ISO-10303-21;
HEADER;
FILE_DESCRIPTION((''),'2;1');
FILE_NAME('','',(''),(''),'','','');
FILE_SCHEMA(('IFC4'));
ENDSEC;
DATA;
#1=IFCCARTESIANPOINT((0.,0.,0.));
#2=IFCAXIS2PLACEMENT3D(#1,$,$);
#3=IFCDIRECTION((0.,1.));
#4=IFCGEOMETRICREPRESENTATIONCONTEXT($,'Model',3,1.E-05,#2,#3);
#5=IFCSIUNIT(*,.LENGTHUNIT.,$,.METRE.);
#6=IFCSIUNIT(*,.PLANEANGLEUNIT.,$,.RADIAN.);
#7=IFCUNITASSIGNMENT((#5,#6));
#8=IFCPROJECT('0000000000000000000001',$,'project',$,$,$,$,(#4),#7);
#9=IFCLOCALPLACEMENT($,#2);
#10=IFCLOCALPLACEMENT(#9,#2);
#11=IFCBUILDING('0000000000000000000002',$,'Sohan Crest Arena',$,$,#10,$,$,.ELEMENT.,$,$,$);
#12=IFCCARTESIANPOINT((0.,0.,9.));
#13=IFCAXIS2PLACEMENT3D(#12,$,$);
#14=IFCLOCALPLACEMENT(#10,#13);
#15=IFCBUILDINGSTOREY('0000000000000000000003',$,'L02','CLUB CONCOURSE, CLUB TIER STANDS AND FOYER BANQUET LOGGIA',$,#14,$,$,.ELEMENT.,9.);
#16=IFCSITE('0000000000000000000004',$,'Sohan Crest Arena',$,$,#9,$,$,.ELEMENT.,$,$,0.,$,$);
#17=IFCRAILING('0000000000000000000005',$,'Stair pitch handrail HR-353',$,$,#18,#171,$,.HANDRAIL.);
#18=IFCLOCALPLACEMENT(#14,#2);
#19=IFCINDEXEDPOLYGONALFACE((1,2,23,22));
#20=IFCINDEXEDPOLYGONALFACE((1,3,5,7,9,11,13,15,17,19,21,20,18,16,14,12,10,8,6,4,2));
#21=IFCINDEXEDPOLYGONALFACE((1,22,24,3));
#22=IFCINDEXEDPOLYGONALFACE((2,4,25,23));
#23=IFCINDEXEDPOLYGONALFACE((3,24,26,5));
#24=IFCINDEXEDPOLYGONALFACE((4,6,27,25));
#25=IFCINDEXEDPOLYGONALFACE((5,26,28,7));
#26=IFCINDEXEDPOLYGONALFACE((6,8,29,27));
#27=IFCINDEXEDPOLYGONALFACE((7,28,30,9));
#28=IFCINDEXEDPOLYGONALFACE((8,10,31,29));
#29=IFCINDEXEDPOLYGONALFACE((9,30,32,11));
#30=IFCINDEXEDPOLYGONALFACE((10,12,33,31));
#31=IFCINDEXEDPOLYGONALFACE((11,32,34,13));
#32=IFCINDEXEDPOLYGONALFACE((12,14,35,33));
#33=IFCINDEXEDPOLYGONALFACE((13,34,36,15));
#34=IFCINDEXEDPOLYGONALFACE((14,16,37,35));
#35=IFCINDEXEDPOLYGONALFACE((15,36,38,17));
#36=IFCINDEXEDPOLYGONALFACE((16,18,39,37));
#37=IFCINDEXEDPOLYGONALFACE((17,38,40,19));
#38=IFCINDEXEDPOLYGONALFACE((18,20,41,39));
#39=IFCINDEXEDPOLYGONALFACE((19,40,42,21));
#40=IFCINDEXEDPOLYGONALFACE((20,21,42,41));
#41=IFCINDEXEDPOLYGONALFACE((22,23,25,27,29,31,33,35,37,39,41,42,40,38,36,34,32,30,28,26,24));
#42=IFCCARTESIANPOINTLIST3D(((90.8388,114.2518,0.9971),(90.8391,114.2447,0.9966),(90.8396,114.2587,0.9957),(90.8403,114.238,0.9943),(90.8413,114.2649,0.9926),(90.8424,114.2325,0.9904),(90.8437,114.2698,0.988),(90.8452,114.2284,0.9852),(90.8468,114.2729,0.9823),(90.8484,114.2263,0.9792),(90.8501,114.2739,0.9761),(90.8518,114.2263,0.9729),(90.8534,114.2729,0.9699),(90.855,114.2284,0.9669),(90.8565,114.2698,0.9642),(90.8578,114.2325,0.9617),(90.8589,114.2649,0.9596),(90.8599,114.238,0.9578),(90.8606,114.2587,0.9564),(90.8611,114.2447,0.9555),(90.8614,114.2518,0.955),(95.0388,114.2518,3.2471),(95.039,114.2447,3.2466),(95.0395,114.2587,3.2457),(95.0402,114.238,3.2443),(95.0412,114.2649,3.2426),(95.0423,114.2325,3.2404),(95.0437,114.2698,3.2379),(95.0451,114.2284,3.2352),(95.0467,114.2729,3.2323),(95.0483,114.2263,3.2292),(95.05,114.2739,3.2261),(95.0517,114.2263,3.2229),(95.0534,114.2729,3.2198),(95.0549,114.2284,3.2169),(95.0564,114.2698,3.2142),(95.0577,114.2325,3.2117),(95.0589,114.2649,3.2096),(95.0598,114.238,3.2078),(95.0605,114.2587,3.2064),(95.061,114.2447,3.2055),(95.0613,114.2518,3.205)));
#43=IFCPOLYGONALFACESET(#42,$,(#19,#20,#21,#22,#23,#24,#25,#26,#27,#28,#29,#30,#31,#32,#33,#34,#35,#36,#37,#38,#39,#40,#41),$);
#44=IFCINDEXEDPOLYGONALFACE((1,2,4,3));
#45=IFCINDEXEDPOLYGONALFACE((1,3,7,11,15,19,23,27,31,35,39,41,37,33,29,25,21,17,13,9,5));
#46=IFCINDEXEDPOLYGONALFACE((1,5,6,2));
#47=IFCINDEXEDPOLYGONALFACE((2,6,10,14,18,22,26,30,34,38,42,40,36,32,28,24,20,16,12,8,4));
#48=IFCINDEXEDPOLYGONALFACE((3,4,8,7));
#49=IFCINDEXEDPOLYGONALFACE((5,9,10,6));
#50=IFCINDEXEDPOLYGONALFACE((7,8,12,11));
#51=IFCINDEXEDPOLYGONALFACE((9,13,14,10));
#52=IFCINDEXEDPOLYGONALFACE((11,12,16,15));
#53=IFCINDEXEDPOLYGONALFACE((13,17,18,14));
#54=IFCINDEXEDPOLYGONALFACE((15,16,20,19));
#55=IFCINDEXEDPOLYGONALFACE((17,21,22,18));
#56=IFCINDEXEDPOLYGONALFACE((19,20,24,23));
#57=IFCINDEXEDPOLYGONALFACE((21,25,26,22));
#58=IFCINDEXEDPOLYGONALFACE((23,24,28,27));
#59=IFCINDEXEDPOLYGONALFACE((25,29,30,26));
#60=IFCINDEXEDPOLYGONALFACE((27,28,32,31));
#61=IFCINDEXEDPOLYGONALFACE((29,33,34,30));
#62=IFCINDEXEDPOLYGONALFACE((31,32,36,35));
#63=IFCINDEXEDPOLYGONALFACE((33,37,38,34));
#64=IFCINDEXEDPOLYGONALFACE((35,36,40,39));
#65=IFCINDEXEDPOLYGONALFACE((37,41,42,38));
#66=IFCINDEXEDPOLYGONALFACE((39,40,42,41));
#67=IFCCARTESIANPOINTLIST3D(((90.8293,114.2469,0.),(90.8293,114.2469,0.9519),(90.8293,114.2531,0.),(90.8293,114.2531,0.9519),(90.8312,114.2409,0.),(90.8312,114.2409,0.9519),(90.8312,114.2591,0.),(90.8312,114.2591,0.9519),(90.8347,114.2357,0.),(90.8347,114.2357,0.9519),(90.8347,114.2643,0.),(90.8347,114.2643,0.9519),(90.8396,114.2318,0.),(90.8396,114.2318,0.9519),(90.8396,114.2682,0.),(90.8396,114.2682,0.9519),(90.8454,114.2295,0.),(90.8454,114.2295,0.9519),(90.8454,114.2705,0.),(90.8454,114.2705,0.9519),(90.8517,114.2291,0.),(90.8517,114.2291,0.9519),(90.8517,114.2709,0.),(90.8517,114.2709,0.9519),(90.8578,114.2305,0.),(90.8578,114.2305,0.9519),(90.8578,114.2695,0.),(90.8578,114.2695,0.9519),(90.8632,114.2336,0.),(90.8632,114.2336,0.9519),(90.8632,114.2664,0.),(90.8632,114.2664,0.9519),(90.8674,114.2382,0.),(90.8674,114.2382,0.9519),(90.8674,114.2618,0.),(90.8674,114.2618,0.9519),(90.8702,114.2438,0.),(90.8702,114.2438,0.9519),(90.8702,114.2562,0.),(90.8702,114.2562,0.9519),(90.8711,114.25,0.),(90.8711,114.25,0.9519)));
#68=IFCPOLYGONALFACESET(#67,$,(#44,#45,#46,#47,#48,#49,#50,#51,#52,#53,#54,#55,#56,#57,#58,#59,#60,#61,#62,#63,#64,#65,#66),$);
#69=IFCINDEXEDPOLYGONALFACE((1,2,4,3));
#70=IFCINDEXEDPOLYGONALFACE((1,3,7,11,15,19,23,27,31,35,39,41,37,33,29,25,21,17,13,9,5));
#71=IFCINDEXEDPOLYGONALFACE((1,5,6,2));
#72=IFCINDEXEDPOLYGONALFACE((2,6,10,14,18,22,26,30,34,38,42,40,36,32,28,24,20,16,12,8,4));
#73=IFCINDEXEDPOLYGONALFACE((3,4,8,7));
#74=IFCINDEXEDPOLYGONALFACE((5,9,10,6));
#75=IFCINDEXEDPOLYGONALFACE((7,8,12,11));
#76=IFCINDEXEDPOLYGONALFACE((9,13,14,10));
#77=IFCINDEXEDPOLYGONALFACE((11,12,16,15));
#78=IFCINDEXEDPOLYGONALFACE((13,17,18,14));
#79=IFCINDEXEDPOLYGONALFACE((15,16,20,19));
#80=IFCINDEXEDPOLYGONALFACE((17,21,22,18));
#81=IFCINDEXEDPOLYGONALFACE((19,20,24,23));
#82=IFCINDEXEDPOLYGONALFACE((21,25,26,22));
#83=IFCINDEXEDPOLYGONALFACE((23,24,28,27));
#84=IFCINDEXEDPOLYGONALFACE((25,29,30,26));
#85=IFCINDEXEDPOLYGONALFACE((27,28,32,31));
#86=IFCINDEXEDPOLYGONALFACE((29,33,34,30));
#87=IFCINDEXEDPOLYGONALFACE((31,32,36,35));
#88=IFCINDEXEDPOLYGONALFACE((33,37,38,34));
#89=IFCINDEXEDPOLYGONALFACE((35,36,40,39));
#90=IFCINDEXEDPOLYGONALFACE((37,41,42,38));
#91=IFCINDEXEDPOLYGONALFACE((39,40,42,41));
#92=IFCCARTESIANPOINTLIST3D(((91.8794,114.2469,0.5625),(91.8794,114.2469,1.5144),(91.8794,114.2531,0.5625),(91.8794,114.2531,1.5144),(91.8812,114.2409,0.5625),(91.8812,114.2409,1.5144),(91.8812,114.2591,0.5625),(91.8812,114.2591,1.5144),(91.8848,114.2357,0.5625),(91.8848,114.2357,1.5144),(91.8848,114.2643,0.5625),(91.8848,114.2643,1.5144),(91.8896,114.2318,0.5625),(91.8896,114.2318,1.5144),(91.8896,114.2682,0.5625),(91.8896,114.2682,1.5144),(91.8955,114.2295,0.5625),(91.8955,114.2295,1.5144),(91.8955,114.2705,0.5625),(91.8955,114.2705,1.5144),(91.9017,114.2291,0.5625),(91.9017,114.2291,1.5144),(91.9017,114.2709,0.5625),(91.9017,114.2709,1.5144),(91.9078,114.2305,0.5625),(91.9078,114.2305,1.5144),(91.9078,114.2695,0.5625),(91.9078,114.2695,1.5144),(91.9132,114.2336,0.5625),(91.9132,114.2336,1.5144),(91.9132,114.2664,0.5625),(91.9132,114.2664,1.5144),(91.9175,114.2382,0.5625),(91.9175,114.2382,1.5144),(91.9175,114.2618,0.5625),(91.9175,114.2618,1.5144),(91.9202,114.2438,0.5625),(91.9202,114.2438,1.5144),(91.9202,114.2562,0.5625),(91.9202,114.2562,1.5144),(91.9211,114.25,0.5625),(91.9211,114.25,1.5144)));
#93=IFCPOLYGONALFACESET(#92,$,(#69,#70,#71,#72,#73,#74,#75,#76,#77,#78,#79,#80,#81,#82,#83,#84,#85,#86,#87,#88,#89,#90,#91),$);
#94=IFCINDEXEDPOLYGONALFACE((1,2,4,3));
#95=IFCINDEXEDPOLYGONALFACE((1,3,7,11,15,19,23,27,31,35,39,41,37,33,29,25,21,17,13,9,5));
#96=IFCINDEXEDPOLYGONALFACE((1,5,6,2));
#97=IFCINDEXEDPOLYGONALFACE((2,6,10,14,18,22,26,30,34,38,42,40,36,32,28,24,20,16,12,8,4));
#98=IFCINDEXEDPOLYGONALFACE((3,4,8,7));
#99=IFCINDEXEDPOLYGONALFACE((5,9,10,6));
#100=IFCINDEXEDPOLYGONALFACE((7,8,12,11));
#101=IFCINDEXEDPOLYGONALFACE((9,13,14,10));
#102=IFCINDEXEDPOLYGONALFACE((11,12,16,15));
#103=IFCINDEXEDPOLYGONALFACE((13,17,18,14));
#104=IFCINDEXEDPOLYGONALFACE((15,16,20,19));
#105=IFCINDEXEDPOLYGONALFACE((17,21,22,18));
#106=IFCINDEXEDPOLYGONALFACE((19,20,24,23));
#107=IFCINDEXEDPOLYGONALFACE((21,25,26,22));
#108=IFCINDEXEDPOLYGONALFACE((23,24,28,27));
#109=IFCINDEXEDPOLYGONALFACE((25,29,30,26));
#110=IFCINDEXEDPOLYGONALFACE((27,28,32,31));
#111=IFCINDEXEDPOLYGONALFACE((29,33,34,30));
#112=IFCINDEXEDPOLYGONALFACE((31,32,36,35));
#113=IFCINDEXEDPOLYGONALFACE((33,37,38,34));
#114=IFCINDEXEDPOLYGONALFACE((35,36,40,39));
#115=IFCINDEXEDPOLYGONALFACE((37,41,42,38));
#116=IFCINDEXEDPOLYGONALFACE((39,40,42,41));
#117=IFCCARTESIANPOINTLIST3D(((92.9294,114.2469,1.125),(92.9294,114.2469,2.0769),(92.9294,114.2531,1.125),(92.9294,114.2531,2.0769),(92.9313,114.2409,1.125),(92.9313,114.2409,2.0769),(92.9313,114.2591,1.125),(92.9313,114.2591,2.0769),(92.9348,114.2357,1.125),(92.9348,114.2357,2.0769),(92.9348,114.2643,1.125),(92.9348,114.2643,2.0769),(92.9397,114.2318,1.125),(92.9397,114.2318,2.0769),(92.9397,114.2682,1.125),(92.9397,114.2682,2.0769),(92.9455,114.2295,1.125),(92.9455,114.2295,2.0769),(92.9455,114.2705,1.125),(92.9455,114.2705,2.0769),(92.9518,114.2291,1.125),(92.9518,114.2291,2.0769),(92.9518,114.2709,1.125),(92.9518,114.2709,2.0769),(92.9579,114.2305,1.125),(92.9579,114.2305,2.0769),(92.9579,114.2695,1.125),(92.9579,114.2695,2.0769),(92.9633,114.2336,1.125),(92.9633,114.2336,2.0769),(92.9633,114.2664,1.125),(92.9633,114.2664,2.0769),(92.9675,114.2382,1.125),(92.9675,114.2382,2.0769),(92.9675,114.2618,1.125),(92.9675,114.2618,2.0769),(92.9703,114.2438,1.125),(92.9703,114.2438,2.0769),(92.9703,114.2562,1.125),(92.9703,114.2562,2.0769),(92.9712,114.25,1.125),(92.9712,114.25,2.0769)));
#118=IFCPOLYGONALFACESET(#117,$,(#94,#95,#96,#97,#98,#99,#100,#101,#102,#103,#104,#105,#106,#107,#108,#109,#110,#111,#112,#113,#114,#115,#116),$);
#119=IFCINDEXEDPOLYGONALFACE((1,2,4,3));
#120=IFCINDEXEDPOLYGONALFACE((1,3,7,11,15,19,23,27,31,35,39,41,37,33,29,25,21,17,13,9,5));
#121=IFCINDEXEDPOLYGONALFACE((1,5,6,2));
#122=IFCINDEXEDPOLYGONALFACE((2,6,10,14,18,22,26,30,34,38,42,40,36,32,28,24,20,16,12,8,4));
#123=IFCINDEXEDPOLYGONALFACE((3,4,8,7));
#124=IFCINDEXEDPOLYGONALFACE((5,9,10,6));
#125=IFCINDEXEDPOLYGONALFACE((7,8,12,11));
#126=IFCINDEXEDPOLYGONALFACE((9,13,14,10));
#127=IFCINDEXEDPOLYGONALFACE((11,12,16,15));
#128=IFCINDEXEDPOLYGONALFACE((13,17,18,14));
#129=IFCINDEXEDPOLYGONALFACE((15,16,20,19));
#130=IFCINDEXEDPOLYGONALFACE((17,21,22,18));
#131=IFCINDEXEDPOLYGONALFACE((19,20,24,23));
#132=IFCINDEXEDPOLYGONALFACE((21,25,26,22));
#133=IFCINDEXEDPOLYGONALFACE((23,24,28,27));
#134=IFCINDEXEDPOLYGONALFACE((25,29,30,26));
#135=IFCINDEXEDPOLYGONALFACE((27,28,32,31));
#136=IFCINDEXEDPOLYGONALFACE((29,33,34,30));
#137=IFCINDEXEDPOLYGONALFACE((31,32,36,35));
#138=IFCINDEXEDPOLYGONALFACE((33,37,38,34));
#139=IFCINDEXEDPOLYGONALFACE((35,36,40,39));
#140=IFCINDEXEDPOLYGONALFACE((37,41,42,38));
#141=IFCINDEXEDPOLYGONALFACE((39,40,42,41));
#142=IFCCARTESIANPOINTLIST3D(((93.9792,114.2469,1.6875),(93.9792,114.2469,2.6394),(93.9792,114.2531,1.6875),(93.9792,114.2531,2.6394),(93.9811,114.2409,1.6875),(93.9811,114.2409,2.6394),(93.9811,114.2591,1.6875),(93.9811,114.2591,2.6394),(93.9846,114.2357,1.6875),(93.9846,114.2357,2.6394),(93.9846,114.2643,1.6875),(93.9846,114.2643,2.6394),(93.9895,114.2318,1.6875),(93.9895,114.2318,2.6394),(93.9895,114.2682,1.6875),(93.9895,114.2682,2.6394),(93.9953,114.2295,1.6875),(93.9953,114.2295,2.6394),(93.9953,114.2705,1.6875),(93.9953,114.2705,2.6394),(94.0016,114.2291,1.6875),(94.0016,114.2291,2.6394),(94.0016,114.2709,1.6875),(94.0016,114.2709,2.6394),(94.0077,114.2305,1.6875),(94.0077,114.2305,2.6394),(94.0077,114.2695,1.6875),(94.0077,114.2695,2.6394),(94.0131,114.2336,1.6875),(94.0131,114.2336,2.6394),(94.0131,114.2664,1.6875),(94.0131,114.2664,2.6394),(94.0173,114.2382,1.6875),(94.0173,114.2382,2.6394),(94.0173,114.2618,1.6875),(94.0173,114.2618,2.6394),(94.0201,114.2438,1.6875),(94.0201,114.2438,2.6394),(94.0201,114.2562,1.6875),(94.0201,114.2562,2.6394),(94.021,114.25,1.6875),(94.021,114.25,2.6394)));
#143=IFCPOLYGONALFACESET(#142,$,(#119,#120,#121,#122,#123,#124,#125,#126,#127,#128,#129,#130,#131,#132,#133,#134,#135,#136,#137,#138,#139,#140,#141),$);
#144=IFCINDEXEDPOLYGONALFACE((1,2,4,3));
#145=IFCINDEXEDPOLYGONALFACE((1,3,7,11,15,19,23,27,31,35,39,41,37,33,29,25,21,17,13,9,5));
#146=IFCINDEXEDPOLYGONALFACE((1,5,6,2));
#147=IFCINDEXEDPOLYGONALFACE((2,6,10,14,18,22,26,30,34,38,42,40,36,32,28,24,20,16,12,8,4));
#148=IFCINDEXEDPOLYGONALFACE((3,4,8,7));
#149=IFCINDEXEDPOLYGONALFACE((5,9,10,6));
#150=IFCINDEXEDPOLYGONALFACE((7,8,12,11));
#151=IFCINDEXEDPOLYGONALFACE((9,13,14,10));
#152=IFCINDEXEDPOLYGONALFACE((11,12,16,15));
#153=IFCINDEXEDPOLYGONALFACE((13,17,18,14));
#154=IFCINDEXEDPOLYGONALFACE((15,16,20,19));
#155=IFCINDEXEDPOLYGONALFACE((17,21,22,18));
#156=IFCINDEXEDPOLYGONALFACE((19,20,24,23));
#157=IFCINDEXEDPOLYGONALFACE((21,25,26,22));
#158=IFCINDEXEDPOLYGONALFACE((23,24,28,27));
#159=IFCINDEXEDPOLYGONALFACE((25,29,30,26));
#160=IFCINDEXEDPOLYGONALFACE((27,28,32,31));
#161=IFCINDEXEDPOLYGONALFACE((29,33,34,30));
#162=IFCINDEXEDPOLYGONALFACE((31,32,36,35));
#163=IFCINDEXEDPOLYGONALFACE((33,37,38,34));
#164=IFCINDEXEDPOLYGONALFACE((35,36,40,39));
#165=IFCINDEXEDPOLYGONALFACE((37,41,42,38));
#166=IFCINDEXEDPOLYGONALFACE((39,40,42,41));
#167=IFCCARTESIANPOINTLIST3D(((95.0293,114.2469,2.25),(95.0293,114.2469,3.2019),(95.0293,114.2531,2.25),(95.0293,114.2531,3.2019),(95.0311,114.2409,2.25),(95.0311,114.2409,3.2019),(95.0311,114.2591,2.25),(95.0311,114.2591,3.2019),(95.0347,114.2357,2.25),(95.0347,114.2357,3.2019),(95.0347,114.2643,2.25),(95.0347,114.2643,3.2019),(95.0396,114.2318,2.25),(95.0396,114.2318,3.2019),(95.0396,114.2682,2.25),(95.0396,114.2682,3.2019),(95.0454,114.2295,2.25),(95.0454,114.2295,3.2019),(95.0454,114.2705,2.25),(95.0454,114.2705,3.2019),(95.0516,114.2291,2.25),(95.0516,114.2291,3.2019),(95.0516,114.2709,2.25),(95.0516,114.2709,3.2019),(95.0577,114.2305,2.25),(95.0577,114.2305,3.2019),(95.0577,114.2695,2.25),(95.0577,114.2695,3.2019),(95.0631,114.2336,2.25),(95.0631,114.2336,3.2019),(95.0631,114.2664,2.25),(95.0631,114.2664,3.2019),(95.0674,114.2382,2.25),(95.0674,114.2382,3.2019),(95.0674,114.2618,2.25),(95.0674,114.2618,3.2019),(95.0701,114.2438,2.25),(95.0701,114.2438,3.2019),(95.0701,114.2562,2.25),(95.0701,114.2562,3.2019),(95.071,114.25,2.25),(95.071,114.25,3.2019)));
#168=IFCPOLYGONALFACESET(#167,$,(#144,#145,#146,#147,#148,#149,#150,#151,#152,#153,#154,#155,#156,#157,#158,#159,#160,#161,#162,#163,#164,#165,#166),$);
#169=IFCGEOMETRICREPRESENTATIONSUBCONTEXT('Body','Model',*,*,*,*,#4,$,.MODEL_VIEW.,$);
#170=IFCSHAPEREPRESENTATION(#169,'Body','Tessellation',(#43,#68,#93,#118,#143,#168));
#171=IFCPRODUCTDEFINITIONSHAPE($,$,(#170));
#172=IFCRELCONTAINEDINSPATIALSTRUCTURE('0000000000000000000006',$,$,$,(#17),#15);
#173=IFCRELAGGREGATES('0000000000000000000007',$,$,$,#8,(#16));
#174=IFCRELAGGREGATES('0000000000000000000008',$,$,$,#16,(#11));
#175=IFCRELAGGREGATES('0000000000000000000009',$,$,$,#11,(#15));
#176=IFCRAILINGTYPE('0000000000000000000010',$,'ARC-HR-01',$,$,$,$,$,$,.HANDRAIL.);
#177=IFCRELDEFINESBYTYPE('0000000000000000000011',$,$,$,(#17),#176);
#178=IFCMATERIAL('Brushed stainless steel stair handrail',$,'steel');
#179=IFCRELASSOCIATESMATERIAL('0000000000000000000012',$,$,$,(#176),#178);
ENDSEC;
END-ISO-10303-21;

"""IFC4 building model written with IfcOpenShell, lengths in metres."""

from ifc_helpers import new_model, si_unit, direction, frame, origin, origin_2d, place, context, subcontext, project, spatial, circle, extrude, material, type_object, element, save


model = new_model("IFC4")

# Units and contexts
model_context = context("Model", 3, precision=1e-05, world=origin(), true_north=direction((0.0, 1.0)))
body_context = subcontext(model_context, "Body", "Model", "MODEL_VIEW")
ifc_project = project(units=[si_unit("LENGTHUNIT", "METRE"), si_unit("PLANEANGLEUNIT", "RADIAN")], contexts=[model_context])

# Site, building, storey
site_placement = place(None, origin())
site = spatial("IfcSite", under=ifc_project, at=site_placement, Name="Sohan Crest Arena", CompositionType="ELEMENT", RefElevation=0.0)
building_placement = place(site_placement, origin())
building = spatial("IfcBuilding", under=site, at=building_placement, Name="Sohan Crest Arena", CompositionType="ELEMENT")
storey_placement = place(building_placement, frame((0.0, 0.0, 9.0)))
storey = spatial("IfcBuildingStorey", under=building, at=storey_placement, Name="L02", Description="CLUB CONCOURSE, CLUB TIER STANDS AND FOYER BANQUET LOGGIA", CompositionType="ELEMENT", Elevation=9.0)

# Railing
ifc_material_1 = material(Name="Brushed stainless steel stair handrail", Category="steel")
railing_type = type_object("IfcRailingType", Name="ARC-HR-01", PredefinedType="HANDRAIL", material=ifc_material_1)
for number, where, name in (
    (1, (90.8501, 114.25, 0.0), "Stair pitch handrail HR-353"),
):
    element("IfcRailing", number, at=place(storey_placement, frame(where)), inside=storey, type_object=railing_type, Name=name, PredefinedType="HANDRAIL", context=body_context, shape_type="SweptSolid", body=[
        extrude(circle(Radius=0.0239, at=origin_2d()), frame((0.0, 0.0, 0.9761), z_axis=(0.881478, 0.0, 0.472226), x_axis=(0.0, 1.0, 0.0)), (0.0, 0.0, 1.0), 4.7646),
        extrude(circle(Radius=0.021, at=origin_2d()), origin(), (0.0, 0.0, 1.0), 0.9519),
        extrude(circle(Radius=0.021, at=origin_2d()), frame((1.05, 0.0, 0.5625)), (0.0, 0.0, 1.0), 0.9519),
        extrude(circle(Radius=0.021, at=origin_2d()), frame((2.1001, 0.0, 1.125)), (0.0, 0.0, 1.0), 0.9519),
        extrude(circle(Radius=0.021, at=origin_2d()), frame((3.1499, 0.0, 1.6875)), (0.0, 0.0, 1.0), 0.9519),
        extrude(circle(Radius=0.021, at=origin_2d()), frame((4.2, 0.0, 2.25)), (0.0, 0.0, 1.0), 0.9519),
    ])

save(model, "model.ifc")
